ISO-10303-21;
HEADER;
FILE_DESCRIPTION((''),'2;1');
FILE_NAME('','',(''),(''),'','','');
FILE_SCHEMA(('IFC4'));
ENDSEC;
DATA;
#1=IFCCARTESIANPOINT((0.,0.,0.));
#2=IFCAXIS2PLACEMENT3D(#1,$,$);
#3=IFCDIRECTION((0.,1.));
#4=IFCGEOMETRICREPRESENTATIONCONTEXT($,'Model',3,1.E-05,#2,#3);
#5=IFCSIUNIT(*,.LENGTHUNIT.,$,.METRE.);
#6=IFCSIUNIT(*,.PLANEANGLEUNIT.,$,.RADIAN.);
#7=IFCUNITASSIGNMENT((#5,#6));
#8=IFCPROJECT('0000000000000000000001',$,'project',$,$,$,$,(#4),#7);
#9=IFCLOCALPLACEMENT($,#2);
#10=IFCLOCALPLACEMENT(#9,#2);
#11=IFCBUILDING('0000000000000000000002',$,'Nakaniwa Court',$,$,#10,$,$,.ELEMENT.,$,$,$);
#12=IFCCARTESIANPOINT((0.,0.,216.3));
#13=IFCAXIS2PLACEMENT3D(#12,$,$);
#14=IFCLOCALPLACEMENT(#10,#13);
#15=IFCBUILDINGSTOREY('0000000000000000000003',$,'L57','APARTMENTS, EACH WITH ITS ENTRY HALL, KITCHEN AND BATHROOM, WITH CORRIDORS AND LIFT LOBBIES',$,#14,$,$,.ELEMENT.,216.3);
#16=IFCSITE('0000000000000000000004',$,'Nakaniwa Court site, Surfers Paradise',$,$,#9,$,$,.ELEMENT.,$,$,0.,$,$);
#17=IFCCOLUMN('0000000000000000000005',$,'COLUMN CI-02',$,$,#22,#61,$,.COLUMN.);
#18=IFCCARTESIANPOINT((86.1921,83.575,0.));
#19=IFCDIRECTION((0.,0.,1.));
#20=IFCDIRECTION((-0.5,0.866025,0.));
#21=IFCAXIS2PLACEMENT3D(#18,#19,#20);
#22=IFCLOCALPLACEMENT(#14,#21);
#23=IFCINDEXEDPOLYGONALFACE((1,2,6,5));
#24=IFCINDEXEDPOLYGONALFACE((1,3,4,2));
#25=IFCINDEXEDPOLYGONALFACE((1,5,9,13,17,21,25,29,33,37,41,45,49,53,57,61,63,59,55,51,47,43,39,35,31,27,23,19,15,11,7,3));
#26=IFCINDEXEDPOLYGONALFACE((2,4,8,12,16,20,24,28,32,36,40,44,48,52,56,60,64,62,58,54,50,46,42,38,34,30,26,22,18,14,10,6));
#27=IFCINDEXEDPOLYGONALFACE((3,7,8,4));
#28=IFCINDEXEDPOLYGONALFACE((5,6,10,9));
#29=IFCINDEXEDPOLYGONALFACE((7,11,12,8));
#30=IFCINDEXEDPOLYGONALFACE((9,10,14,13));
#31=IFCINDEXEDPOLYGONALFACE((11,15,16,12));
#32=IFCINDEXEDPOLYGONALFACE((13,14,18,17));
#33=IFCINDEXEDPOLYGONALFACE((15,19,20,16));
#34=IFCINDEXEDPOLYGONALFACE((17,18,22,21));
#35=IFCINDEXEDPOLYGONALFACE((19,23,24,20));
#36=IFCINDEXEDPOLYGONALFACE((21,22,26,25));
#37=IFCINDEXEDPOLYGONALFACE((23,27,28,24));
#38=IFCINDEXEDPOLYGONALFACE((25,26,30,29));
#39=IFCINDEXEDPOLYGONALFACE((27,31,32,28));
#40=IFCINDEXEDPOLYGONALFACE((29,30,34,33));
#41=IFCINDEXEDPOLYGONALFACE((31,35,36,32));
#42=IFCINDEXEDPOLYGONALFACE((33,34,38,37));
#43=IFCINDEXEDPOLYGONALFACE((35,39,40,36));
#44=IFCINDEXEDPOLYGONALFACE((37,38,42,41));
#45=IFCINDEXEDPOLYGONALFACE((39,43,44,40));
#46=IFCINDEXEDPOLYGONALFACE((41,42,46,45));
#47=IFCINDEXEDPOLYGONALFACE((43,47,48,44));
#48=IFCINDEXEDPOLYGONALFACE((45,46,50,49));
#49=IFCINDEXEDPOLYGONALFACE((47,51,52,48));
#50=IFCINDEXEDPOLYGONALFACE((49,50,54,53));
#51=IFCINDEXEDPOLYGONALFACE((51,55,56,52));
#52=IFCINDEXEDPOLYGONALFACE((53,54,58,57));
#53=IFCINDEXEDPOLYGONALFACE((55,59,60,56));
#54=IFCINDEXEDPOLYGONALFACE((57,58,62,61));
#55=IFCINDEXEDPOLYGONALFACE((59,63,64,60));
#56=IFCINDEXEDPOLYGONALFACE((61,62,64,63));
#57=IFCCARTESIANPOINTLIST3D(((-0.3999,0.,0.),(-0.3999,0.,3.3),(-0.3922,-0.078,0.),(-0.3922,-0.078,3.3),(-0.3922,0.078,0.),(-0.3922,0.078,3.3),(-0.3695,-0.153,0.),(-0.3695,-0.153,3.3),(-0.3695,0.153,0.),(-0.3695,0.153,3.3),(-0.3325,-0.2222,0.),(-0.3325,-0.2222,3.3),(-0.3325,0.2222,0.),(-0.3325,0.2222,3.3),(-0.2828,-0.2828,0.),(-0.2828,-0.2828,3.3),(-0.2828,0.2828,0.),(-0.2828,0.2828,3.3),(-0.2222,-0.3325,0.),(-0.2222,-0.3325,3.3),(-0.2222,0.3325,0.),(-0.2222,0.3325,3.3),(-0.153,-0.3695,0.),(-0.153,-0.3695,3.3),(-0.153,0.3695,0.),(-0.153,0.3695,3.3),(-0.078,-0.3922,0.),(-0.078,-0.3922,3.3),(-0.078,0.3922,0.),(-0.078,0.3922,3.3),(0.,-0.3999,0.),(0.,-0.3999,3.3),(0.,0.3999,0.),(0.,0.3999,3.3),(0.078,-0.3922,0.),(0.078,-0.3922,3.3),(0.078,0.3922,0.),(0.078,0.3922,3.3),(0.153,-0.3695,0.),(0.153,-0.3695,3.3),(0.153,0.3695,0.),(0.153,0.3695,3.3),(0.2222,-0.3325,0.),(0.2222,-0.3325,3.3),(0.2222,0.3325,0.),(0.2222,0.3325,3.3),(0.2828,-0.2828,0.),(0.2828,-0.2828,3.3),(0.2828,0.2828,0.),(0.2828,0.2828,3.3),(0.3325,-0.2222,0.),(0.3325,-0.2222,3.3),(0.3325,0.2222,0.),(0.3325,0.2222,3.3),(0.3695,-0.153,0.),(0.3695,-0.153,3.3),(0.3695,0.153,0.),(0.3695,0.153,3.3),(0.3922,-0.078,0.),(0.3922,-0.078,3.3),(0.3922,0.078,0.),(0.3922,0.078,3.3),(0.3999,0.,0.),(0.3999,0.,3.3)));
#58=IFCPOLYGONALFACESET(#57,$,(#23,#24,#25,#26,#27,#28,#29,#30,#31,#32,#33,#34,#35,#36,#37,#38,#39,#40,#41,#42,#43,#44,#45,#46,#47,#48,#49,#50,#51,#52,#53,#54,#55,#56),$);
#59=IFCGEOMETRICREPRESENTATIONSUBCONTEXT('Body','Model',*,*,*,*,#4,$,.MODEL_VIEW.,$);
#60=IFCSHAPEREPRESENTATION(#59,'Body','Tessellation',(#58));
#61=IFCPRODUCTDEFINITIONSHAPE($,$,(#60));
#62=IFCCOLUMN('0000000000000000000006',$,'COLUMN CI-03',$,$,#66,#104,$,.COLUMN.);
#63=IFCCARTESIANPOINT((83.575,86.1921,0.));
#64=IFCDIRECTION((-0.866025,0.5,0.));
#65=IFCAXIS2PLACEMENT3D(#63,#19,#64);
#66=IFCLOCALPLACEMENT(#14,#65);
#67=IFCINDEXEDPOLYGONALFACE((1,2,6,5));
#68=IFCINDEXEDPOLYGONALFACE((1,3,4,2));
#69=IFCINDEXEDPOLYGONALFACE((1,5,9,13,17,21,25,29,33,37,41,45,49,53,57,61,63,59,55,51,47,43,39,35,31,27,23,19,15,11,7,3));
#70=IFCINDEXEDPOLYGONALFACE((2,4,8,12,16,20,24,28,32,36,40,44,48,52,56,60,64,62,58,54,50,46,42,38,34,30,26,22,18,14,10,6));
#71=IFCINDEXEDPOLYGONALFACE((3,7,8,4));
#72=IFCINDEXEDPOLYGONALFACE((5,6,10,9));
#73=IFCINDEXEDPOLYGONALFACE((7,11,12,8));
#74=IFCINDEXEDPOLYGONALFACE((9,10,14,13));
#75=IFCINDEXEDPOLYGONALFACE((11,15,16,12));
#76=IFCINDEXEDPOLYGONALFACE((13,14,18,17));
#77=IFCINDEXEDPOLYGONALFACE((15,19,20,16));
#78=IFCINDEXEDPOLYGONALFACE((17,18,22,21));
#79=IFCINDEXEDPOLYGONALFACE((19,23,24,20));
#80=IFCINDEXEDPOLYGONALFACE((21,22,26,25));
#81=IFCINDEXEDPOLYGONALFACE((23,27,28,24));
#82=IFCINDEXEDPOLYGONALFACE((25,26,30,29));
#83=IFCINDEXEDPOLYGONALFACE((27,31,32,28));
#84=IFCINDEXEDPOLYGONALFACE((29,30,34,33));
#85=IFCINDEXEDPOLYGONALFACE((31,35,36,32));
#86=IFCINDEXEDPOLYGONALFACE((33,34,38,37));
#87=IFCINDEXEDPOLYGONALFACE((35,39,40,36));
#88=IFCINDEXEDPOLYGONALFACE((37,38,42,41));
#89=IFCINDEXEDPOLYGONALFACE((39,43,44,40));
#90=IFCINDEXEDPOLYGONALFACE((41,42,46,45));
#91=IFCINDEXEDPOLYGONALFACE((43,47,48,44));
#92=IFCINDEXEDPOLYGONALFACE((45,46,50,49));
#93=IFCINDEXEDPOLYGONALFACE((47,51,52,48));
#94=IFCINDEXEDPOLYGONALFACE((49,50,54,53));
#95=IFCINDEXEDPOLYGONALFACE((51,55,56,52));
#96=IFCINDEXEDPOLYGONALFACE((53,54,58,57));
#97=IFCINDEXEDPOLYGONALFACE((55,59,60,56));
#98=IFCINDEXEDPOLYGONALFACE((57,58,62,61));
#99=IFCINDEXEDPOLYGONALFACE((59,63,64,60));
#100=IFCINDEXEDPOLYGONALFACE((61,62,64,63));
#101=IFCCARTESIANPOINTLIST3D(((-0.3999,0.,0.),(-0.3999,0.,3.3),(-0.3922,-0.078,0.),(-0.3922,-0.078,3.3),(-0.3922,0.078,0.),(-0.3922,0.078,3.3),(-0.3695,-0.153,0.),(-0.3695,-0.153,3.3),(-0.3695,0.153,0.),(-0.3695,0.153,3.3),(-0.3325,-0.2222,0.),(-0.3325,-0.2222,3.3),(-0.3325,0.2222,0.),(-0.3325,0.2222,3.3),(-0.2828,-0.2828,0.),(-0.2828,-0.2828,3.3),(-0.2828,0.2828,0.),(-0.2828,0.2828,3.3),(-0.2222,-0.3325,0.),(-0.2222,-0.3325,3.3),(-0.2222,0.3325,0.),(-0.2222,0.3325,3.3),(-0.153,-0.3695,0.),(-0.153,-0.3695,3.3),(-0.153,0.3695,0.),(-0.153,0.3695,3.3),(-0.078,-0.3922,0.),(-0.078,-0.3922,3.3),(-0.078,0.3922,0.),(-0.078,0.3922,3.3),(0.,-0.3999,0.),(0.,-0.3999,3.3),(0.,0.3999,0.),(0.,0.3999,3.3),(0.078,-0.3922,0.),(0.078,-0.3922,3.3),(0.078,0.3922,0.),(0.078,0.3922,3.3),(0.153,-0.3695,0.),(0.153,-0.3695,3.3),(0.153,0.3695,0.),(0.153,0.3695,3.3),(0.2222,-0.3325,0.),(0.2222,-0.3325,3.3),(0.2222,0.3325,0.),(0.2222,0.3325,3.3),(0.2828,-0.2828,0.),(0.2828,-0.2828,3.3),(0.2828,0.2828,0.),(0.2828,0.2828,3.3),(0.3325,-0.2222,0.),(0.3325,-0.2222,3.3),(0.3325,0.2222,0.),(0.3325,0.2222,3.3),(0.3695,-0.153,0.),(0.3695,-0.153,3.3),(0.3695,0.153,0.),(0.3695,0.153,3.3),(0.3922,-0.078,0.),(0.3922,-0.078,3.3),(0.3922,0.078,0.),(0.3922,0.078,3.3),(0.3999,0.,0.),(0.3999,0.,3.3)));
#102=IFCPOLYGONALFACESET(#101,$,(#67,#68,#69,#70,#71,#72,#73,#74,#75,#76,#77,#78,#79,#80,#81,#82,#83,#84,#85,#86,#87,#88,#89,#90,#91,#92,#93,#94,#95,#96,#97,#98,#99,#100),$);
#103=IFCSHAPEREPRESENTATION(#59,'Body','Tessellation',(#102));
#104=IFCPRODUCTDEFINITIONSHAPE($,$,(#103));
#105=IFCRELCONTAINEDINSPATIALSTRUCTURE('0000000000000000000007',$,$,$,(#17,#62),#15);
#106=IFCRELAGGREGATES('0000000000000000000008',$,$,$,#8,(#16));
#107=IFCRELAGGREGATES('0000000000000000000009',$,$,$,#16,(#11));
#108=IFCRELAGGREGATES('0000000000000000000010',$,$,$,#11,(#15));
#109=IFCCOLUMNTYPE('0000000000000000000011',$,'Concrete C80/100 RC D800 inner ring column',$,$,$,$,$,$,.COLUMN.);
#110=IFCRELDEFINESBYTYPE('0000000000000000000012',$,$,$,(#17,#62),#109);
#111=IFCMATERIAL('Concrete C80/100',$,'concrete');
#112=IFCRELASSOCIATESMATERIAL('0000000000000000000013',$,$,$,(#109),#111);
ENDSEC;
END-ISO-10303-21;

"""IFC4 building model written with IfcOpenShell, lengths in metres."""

from ifc_helpers import new_model, si_unit, direction, frame, origin, origin_2d, place, context, subcontext, project, spatial, circle, extrude, material, material_profile, profile_set, type_object, element, save


model = new_model("IFC4")

# Units and contexts
model_context = context("Model", 3, precision=1e-05, world=origin(), true_north=direction((0.0, 1.0)))
body_context = subcontext(model_context, "Body", "Model", "MODEL_VIEW")
ifc_project = project(units=[si_unit("LENGTHUNIT", "METRE"), si_unit("PLANEANGLEUNIT", "RADIAN")], contexts=[model_context])

# Site, building, storey
site_placement = place(None, origin())
site = spatial("IfcSite", under=ifc_project, at=site_placement, Name="Nakaniwa Court site, Surfers Paradise", CompositionType="ELEMENT", RefElevation=0.0)
building_placement = place(site_placement, origin())
building = spatial("IfcBuilding", under=site, at=building_placement, Name="Nakaniwa Court", CompositionType="ELEMENT")
storey_placement = place(building_placement, frame((0.0, 0.0, 216.3)))
storey = spatial("IfcBuildingStorey", under=building, at=storey_placement, Name="L57", Description="APARTMENTS, EACH WITH ITS ENTRY HALL, KITCHEN AND BATHROOM, WITH CORRIDORS AND LIFT LOBBIES", CompositionType="ELEMENT", Elevation=216.3)

# Columns
ifc_material_1 = material(Name="Concrete C80/100", Category="concrete")
ifc_material_profile_1 = material_profile(ifc_material_1, circle(Radius=0.3999, at=origin_2d()), Name="Concrete C80/100 RC D800 inner ring column")
ifc_profile_set_1 = profile_set([ifc_material_profile_1], Name="Concrete C80/100")
column_type = type_object("IfcColumnType", Name="Concrete C80/100 RC D800 inner ring column", PredefinedType="COLUMN", material=ifc_profile_set_1)
for number, where, z_axis, x_axis, name in (
    (1, (86.1921, 83.575, 0.0), (0.0, 0.0, 1.0), (-0.5, 0.866025, 0.0), "COLUMN CI-02"),
    (2, (83.575, 86.1921, 0.0), (0.0, 0.0, 1.0), (-0.866025, 0.5, 0.0), "COLUMN CI-03"),
):
    element("IfcColumn", number, at=place(storey_placement, frame(where, z_axis=z_axis, x_axis=x_axis)), inside=storey, type_object=column_type, Name=name, PredefinedType="COLUMN", context=body_context, shape_type="SweptSolid", body=[
        extrude(circle(Radius=0.3999, at=origin_2d()), origin(), (0.0, 0.0, 1.0), 3.3),
    ])

save(model, "model.ifc")
